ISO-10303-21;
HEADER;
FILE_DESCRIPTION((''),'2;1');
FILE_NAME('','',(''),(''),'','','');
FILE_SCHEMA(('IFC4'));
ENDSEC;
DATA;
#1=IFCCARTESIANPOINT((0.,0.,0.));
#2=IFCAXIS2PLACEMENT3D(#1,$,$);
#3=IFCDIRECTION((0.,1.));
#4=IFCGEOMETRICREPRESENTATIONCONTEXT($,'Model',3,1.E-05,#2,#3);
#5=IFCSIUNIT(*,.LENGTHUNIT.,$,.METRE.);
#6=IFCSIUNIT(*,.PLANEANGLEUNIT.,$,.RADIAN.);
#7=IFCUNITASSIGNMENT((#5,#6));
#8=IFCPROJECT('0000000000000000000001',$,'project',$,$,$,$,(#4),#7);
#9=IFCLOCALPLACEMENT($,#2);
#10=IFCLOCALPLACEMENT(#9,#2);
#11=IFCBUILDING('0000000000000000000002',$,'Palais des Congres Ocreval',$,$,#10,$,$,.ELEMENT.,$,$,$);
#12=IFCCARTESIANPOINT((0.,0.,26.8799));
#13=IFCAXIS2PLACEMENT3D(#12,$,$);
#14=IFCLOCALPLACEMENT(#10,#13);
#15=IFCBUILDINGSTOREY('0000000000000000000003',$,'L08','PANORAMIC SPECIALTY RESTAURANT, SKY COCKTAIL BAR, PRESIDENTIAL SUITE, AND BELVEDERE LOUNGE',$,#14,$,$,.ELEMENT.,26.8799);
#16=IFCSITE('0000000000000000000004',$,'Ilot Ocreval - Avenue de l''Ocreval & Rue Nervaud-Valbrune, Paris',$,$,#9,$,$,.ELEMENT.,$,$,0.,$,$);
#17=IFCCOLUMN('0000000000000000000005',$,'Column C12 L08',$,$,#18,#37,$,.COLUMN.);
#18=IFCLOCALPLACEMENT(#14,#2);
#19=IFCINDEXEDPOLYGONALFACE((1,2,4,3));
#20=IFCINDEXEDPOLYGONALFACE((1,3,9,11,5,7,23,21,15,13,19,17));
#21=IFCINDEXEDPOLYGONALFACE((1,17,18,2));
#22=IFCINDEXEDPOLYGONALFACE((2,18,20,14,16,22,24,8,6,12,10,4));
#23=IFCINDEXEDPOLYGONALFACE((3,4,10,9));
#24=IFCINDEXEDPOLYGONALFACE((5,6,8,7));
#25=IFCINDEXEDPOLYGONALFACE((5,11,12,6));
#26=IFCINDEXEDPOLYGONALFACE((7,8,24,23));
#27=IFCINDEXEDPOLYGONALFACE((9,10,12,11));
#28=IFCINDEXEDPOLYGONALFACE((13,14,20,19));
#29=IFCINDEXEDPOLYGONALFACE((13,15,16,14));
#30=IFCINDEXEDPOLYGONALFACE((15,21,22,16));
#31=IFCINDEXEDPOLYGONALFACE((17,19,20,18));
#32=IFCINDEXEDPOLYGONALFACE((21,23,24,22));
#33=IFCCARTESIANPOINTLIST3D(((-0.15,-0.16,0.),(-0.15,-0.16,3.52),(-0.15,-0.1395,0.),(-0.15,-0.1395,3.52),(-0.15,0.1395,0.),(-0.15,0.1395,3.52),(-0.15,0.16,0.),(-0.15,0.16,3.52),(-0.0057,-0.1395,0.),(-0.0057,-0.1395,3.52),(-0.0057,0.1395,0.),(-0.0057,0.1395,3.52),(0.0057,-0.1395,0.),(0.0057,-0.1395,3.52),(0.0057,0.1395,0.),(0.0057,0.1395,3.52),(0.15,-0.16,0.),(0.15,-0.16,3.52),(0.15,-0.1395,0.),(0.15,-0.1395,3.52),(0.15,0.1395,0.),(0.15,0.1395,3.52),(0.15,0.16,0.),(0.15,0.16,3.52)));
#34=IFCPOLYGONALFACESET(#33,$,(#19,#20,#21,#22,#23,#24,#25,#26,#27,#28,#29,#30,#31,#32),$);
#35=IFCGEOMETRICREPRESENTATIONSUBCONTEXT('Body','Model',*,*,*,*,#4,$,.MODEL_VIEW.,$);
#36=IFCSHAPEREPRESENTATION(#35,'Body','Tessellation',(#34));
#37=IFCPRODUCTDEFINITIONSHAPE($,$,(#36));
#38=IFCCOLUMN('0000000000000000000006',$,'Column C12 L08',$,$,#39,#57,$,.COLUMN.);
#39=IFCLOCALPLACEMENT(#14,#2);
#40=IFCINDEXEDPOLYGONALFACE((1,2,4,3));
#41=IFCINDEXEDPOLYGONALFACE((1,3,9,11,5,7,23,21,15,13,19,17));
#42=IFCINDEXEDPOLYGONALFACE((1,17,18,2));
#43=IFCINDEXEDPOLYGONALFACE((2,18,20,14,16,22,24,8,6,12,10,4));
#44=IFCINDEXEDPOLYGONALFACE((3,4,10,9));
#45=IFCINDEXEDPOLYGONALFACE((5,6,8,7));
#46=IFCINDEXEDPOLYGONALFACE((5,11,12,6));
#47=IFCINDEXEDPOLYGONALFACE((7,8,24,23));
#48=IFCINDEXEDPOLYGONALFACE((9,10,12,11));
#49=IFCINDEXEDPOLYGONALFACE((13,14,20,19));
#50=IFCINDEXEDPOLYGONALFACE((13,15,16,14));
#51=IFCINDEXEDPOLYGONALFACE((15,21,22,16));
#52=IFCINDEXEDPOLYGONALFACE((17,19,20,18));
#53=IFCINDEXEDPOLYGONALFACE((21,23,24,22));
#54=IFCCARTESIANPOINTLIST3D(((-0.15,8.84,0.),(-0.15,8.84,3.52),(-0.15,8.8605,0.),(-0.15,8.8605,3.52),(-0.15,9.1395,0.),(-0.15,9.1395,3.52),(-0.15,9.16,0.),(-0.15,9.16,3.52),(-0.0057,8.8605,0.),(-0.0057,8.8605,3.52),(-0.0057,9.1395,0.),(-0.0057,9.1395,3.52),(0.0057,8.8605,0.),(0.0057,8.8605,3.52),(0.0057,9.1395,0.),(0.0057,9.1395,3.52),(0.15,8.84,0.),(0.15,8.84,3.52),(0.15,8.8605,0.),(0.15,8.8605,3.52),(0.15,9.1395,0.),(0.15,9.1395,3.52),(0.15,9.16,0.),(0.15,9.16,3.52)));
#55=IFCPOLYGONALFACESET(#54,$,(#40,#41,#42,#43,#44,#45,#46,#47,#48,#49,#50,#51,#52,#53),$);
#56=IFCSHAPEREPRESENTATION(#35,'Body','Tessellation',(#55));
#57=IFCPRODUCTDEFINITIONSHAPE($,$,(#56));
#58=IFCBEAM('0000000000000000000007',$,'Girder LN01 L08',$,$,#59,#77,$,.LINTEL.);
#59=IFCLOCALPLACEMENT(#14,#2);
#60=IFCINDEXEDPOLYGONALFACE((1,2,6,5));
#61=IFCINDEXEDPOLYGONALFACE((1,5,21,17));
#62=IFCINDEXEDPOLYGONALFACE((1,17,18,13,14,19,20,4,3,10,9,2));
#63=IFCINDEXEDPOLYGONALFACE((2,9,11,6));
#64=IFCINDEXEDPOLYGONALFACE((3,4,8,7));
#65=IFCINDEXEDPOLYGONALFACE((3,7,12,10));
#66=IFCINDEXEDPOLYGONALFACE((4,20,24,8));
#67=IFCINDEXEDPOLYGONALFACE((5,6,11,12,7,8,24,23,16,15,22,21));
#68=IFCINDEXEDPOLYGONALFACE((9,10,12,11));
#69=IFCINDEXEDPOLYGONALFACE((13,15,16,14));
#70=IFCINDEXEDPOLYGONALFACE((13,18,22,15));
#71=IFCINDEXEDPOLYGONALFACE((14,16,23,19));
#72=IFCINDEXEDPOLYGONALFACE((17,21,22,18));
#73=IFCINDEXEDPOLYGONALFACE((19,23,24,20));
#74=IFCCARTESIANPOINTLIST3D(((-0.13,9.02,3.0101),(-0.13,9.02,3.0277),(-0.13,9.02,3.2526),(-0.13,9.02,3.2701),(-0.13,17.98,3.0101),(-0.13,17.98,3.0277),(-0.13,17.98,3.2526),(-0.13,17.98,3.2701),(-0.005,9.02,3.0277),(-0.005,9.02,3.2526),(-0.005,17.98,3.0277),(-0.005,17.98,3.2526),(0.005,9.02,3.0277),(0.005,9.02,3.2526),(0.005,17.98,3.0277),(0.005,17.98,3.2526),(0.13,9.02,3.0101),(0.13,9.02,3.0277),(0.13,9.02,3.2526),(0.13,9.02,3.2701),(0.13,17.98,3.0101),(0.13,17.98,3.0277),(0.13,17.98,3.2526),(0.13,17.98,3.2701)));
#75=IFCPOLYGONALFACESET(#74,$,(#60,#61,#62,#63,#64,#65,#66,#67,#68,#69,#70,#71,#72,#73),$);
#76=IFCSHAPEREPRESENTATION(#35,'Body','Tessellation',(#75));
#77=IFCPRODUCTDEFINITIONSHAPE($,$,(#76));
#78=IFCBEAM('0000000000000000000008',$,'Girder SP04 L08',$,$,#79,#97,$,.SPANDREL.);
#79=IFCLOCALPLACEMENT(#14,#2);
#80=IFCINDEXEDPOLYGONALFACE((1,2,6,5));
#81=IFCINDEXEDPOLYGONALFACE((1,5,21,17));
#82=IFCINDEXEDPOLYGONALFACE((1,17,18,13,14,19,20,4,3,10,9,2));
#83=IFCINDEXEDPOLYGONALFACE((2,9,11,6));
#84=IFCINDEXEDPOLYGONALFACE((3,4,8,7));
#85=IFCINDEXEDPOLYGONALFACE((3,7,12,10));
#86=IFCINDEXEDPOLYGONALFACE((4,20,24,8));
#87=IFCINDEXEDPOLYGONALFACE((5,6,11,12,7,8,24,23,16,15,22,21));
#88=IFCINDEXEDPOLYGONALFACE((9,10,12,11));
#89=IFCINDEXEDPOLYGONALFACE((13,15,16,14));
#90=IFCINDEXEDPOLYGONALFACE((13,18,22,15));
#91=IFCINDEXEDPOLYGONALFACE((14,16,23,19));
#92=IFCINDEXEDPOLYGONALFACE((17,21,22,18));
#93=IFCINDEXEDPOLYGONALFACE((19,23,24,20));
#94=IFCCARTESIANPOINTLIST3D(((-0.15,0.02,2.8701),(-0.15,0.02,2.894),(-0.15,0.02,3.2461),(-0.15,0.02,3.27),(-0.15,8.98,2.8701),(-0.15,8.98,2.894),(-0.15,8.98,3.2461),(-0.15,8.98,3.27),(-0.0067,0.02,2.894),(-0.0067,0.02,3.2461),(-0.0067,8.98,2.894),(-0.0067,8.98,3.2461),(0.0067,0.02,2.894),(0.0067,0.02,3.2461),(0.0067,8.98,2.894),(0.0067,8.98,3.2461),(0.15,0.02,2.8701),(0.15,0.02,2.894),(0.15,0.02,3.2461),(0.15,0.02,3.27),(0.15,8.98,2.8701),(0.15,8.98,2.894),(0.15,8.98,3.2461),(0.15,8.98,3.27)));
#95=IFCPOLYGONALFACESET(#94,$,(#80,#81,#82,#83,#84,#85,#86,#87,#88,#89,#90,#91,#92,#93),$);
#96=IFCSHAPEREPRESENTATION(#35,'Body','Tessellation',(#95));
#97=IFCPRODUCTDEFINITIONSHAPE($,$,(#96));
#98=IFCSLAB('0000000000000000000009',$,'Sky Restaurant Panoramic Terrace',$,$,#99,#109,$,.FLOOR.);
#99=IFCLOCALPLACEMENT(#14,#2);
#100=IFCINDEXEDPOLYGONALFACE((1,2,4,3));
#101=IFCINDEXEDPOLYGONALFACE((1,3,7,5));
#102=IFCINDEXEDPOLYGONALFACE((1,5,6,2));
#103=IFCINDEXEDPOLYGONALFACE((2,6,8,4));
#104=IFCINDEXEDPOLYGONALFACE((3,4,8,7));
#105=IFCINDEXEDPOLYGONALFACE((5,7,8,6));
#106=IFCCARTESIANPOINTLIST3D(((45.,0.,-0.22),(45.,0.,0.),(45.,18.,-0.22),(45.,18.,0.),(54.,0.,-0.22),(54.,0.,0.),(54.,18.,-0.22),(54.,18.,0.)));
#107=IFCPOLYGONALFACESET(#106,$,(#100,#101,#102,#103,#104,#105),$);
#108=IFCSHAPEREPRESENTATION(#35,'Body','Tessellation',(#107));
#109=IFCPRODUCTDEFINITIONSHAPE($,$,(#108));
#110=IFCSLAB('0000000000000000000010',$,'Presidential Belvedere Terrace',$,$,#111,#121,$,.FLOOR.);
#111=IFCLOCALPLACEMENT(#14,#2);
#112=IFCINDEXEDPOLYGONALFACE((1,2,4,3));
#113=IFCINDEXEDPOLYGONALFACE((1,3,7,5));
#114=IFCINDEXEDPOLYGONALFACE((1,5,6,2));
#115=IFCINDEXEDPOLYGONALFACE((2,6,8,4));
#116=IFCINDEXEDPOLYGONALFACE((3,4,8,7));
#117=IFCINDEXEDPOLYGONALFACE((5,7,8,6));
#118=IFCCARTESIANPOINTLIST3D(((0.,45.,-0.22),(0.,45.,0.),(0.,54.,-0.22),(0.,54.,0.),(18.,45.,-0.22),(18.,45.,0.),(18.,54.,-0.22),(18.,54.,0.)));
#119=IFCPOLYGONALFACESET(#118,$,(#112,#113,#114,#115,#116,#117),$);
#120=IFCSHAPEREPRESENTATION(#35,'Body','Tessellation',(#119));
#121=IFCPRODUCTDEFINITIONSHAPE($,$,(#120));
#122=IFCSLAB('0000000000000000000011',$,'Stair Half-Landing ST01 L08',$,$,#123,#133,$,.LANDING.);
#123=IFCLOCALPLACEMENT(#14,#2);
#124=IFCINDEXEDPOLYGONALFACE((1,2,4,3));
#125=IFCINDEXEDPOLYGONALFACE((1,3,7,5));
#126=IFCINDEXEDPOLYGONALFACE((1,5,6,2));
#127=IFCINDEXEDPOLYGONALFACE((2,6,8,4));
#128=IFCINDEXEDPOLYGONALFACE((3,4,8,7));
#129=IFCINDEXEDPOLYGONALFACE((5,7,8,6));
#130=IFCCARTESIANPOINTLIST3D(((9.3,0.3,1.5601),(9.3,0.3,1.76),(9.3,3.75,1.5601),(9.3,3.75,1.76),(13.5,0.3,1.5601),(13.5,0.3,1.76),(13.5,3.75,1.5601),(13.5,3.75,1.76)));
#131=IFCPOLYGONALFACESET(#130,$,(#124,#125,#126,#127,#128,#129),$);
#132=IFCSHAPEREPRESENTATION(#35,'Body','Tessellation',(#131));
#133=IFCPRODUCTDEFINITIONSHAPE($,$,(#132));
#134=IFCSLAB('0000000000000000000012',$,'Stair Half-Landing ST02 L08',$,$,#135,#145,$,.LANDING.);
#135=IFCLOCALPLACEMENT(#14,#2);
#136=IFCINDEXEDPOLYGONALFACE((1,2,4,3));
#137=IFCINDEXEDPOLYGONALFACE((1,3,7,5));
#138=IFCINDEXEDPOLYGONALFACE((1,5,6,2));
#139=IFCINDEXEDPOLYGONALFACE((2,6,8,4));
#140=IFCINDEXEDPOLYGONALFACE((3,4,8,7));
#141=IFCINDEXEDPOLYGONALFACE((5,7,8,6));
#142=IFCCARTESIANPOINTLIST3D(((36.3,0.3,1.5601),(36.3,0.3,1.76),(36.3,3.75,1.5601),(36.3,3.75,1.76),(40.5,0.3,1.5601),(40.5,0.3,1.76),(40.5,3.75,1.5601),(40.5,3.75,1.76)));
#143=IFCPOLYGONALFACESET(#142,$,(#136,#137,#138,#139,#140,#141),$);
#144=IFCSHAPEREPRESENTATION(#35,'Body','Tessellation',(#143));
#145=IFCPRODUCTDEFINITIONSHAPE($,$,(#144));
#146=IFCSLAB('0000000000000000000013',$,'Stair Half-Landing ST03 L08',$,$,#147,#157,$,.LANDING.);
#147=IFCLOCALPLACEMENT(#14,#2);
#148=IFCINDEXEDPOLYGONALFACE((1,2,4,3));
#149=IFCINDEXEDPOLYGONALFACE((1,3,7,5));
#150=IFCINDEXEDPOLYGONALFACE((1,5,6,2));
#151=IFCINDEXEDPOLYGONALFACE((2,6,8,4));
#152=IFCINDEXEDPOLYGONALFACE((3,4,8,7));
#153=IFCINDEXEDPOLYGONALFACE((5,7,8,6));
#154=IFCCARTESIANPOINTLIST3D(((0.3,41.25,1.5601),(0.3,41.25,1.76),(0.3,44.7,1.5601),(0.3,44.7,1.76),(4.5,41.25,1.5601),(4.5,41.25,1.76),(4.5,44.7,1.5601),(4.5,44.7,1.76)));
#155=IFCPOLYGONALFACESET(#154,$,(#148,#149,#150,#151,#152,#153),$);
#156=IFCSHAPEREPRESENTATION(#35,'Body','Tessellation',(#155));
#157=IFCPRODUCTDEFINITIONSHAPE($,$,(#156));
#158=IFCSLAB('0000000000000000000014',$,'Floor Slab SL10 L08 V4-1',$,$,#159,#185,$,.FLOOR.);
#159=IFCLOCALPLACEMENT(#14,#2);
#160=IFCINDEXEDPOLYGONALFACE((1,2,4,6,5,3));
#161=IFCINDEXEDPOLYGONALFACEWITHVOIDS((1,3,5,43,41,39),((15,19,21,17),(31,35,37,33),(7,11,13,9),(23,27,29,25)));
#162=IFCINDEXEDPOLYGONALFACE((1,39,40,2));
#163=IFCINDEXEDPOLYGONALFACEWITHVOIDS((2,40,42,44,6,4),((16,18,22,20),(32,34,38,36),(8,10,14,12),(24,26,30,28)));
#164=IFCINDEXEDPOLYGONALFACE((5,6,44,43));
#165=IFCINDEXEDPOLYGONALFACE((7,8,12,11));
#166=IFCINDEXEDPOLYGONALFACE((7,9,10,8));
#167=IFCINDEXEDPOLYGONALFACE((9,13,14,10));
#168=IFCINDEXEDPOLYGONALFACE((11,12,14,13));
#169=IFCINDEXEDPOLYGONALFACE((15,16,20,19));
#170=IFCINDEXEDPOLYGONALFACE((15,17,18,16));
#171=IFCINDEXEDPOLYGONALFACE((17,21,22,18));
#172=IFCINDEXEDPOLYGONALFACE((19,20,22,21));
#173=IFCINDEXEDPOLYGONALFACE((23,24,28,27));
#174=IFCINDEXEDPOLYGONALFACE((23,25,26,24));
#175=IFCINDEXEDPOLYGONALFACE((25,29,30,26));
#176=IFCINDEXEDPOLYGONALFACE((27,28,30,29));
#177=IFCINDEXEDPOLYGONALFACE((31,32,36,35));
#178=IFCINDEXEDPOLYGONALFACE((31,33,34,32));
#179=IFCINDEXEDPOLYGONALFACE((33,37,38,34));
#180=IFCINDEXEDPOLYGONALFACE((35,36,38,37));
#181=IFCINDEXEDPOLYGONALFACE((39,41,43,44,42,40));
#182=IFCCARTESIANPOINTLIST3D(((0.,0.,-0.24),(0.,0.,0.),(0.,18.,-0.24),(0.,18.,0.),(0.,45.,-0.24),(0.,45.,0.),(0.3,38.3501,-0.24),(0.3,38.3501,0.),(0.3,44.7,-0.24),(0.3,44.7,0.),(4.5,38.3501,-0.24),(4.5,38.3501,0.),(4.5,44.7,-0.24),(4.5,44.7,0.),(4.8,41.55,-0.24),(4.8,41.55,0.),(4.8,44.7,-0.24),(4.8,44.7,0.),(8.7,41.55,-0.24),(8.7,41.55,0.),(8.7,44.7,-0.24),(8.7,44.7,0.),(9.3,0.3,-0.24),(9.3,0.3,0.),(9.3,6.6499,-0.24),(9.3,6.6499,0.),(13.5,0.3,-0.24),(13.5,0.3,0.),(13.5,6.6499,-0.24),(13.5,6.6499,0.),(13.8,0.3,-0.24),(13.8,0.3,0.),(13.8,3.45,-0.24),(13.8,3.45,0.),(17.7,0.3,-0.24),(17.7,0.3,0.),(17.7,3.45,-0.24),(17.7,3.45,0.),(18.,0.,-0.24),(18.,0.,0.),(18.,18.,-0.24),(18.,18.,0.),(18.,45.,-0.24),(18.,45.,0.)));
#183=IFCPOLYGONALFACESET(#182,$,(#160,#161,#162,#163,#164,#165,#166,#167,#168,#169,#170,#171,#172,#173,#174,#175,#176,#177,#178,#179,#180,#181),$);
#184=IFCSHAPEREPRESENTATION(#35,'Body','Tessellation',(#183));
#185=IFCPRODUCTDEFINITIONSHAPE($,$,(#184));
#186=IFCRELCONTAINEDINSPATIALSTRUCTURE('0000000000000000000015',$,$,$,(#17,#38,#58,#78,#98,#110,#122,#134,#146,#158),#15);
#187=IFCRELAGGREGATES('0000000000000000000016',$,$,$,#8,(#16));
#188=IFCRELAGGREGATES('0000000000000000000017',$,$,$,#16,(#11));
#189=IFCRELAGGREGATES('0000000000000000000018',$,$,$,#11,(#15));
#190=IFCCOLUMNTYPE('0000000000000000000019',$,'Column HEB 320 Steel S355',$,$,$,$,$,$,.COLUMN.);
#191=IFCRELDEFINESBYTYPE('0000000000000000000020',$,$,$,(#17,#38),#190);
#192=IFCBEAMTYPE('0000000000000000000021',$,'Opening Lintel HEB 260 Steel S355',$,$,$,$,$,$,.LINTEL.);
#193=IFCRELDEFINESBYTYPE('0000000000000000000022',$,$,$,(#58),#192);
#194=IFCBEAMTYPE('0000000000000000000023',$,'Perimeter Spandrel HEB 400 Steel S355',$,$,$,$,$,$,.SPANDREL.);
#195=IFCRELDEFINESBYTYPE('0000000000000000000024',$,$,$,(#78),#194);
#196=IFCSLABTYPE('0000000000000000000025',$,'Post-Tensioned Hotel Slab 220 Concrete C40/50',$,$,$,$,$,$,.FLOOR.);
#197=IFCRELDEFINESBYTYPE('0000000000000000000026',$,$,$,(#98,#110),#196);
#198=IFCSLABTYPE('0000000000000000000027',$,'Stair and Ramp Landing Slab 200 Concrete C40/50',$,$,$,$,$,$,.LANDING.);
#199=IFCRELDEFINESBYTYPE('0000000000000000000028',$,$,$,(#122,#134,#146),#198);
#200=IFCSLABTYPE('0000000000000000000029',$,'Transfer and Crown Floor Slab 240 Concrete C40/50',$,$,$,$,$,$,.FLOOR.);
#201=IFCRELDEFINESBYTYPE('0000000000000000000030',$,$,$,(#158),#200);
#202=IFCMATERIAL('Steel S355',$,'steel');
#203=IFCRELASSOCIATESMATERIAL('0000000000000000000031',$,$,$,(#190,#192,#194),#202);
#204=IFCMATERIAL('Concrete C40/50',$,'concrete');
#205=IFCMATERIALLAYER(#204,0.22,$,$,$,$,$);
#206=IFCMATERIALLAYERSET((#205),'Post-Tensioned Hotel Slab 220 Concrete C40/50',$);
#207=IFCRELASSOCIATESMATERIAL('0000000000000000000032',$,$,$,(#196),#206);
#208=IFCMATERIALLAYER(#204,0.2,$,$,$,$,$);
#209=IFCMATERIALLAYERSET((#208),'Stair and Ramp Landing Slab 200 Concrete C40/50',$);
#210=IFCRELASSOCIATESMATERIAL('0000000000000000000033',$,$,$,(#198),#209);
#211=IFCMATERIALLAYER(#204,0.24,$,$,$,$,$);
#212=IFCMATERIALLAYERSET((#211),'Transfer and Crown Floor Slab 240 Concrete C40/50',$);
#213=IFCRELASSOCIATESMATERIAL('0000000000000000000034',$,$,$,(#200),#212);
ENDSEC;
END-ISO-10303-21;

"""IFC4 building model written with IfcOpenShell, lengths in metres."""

from ifc_helpers import new_model, si_unit, direction, frame, origin, origin_2d, place, context, subcontext, project, spatial, polyline, i_section, outline, extrude, material, layer, layer_set, material_profile, profile_set, type_object, element, save


model = new_model("IFC4")

# Units and contexts
model_context = context("Model", 3, precision=1e-05, world=origin(), true_north=direction((0.0, 1.0)))
body_context = subcontext(model_context, "Body", "Model", "MODEL_VIEW")
ifc_project = project(units=[si_unit("LENGTHUNIT", "METRE"), si_unit("PLANEANGLEUNIT", "RADIAN")], contexts=[model_context])

# Site, building, storey
site_placement = place(None, origin())
site = spatial("IfcSite", under=ifc_project, at=site_placement, Name="Ilot Ocreval - Avenue de l'Ocreval & Rue Nervaud-Valbrune, Paris", CompositionType="ELEMENT", RefElevation=0.0)
building_placement = place(site_placement, origin())
building = spatial("IfcBuilding", under=site, at=building_placement, Name="Palais des Congres Ocreval", CompositionType="ELEMENT")
storey_placement = place(building_placement, frame((0.0, 0.0, 26.8799)))
storey = spatial("IfcBuildingStorey", under=building, at=storey_placement, Name="L08", Description="PANORAMIC SPECIALTY RESTAURANT, SKY COCKTAIL BAR, PRESIDENTIAL SUITE, AND BELVEDERE LOUNGE", CompositionType="ELEMENT", Elevation=26.8799)

# Columns
ifc_material_1 = material(Name="Steel S355", Category="steel")
ifc_material_profile_1 = material_profile(ifc_material_1, i_section(OverallWidth=0.3, OverallDepth=0.3201, WebThickness=0.0115, FlangeThickness=0.0205, at=origin_2d()), Name="HEB 320")
ifc_profile_set_1 = profile_set([ifc_material_profile_1], Name="Steel S355")
column_type = type_object("IfcColumnType", Name="Column HEB 320 Steel S355", PredefinedType="COLUMN", material=ifc_profile_set_1)
for number, where, z_axis, x_axis, name in (
    (1, (0.0, 0.0, 0.0), (0.0, 0.0, 1.0), (1.0, 0.0, 0.0), "Column C12 L08"),
    (2, (0.0, 9.0, 0.0), (0.0, 0.0, 1.0), (1.0, 0.0, 0.0), "Column C12 L08"),
):
    element("IfcColumn", number, at=place(storey_placement, frame(where, z_axis=z_axis, x_axis=x_axis)), inside=storey, type_object=column_type, Name=name, PredefinedType="COLUMN", context=body_context, shape_type="SweptSolid", body=[
        extrude(i_section(OverallWidth=0.3, OverallDepth=0.3201, WebThickness=0.0115, FlangeThickness=0.0205, at=origin_2d()), origin(), (0.0, 0.0, 1.0), 3.52),
    ])

# Beams
ifc_material_profile_2 = material_profile(ifc_material_1, i_section(OverallWidth=0.26, OverallDepth=0.26, WebThickness=0.01, FlangeThickness=0.0176, at=origin_2d()), Name="HEB 260")
ifc_profile_set_2 = profile_set([ifc_material_profile_2], Name="Steel S355")
beam_type_1 = type_object("IfcBeamType", Name="Opening Lintel HEB 260 Steel S355", PredefinedType="LINTEL", material=ifc_profile_set_2)
beam_1_placement = place(storey_placement, frame((0.0, 9.02, 3.1401), z_axis=(0.0, 1.0, 0.0), x_axis=(-1.0, 0.0, 0.0)))
element("IfcBeam", 3, at=beam_1_placement, inside=storey, type_object=beam_type_1, Name="Girder LN01 L08", PredefinedType="LINTEL", context=body_context, shape_type="SweptSolid", body=[
    extrude(i_section(OverallWidth=0.26, OverallDepth=0.26, WebThickness=0.01, FlangeThickness=0.0176, at=origin_2d()), origin(), (0.0, 0.0, 1.0), 8.96),
])
ifc_material_profile_3 = material_profile(ifc_material_1, i_section(OverallWidth=0.3, OverallDepth=0.3999, WebThickness=0.0134, FlangeThickness=0.0239, at=origin_2d()), Name="HEB 400")
ifc_profile_set_3 = profile_set([ifc_material_profile_3], Name="Steel S355")
beam_type_2 = type_object("IfcBeamType", Name="Perimeter Spandrel HEB 400 Steel S355", PredefinedType="SPANDREL", material=ifc_profile_set_3)
beam_2_placement = place(storey_placement, frame((0.0, 0.02, 3.0701), z_axis=(0.0, 1.0, 0.0), x_axis=(-1.0, 0.0, 0.0)))
element("IfcBeam", 4, at=beam_2_placement, inside=storey, type_object=beam_type_2, Name="Girder SP04 L08", PredefinedType="SPANDREL", context=body_context, shape_type="SweptSolid", body=[
    extrude(i_section(OverallWidth=0.3, OverallDepth=0.3999, WebThickness=0.0134, FlangeThickness=0.0239, at=origin_2d()), origin(), (0.0, 0.0, 1.0), 8.96),
])

# Slabs
ifc_material_2 = material(Name="Concrete C40/50", Category="concrete")
ifc_layer_1 = layer(ifc_material_2, 0.22)
ifc_layer_set_1 = layer_set([ifc_layer_1], Name="Post-Tensioned Hotel Slab 220 Concrete C40/50")
slab_type_1 = type_object("IfcSlabType", Name="Post-Tensioned Hotel Slab 220 Concrete C40/50", PredefinedType="FLOOR", material=ifc_layer_set_1)
slab_1_placement = place(storey_placement, frame((0.0, 0.0, -0.22)))
element("IfcSlab", 5, at=slab_1_placement, inside=storey, type_object=slab_type_1, Name="Sky Restaurant Panoramic Terrace", PredefinedType="FLOOR", context=body_context, shape_type="SweptSolid", body=[
    extrude(outline(polyline([(45.0, 0.0), (45.0, 18.0), (54.0, 18.0), (54.0, 0.0), (45.0, 0.0)])), origin(), (0.0, 0.0, 1.0), 0.22),
])
slab_2_placement = place(storey_placement, frame((0.0, 0.0, -0.22)))
element("IfcSlab", 6, at=slab_2_placement, inside=storey, type_object=slab_type_1, Name="Presidential Belvedere Terrace", PredefinedType="FLOOR", context=body_context, shape_type="SweptSolid", body=[
    extrude(outline(polyline([(0.0, 45.0), (0.0, 54.0), (18.0, 54.0), (18.0, 45.0), (0.0, 45.0)])), origin(), (0.0, 0.0, 1.0), 0.22),
])
ifc_layer_2 = layer(ifc_material_2, 0.2)
ifc_layer_set_2 = layer_set([ifc_layer_2], Name="Stair and Ramp Landing Slab 200 Concrete C40/50")
slab_type_2 = type_object("IfcSlabType", Name="Stair and Ramp Landing Slab 200 Concrete C40/50", PredefinedType="LANDING", material=ifc_layer_set_2)
slab_3_placement = place(storey_placement, frame((0.0, 0.0, 1.5601)))
element("IfcSlab", 7, at=slab_3_placement, inside=storey, type_object=slab_type_2, Name="Stair Half-Landing ST01 L08", PredefinedType="LANDING", context=body_context, shape_type="SweptSolid", body=[
    extrude(outline(polyline([(9.3, 0.3), (13.5, 0.3), (13.5, 3.75), (9.3, 3.75), (9.3, 0.3)])), origin(), (0.0, 0.0, 1.0), 0.2),
])
slab_4_placement = place(storey_placement, frame((0.0, 0.0, 1.5601)))
element("IfcSlab", 8, at=slab_4_placement, inside=storey, type_object=slab_type_2, Name="Stair Half-Landing ST02 L08", PredefinedType="LANDING", context=body_context, shape_type="SweptSolid", body=[
    extrude(outline(polyline([(36.3, 0.3), (40.5, 0.3), (40.5, 3.75), (36.3, 3.75), (36.3, 0.3)])), origin(), (0.0, 0.0, 1.0), 0.2),
])
slab_5_placement = place(storey_placement, frame((0.0, 0.0, 1.5601)))
element("IfcSlab", 9, at=slab_5_placement, inside=storey, type_object=slab_type_2, Name="Stair Half-Landing ST03 L08", PredefinedType="LANDING", context=body_context, shape_type="SweptSolid", body=[
    extrude(outline(polyline([(0.3, 41.25), (4.5, 41.25), (4.5, 44.7), (0.3, 44.7), (0.3, 41.25)])), origin(), (0.0, 0.0, 1.0), 0.2),
])
ifc_layer_3 = layer(ifc_material_2, 0.24)
ifc_layer_set_3 = layer_set([ifc_layer_3], Name="Transfer and Crown Floor Slab 240 Concrete C40/50")
slab_type_3 = type_object("IfcSlabType", Name="Transfer and Crown Floor Slab 240 Concrete C40/50", PredefinedType="FLOOR", material=ifc_layer_set_3)
slab_6_placement = place(storey_placement, frame((0.0, 0.0, -0.24)))
element("IfcSlab", 10, at=slab_6_placement, inside=storey, type_object=slab_type_3, Name="Floor Slab SL10 L08 V4-1", PredefinedType="FLOOR", context=body_context, shape_type="SweptSolid", body=[
    extrude(outline(polyline([(0.0, 0.0), (0.0, 18.0), (0.0, 45.0), (18.0, 45.0), (18.0, 18.0), (18.0, 0.0), (0.0, 0.0)]), holes=[polyline([(17.7, 0.3), (17.7, 3.45), (13.8, 3.45), (13.8, 0.3), (17.7, 0.3)]), polyline([(9.3, 0.3), (13.5, 0.3), (13.5, 6.6499), (9.3, 6.6499), (9.3, 0.3)]), polyline([(0.3, 38.3501), (4.5, 38.3501), (4.5, 44.7), (0.3, 44.7), (0.3, 38.3501)]), polyline([(4.8, 41.55), (8.7, 41.55), (8.7, 44.7), (4.8, 44.7), (4.8, 41.55)])]), origin(), (0.0, 0.0, 1.0), 0.24),
])

save(model, "model.ifc")
